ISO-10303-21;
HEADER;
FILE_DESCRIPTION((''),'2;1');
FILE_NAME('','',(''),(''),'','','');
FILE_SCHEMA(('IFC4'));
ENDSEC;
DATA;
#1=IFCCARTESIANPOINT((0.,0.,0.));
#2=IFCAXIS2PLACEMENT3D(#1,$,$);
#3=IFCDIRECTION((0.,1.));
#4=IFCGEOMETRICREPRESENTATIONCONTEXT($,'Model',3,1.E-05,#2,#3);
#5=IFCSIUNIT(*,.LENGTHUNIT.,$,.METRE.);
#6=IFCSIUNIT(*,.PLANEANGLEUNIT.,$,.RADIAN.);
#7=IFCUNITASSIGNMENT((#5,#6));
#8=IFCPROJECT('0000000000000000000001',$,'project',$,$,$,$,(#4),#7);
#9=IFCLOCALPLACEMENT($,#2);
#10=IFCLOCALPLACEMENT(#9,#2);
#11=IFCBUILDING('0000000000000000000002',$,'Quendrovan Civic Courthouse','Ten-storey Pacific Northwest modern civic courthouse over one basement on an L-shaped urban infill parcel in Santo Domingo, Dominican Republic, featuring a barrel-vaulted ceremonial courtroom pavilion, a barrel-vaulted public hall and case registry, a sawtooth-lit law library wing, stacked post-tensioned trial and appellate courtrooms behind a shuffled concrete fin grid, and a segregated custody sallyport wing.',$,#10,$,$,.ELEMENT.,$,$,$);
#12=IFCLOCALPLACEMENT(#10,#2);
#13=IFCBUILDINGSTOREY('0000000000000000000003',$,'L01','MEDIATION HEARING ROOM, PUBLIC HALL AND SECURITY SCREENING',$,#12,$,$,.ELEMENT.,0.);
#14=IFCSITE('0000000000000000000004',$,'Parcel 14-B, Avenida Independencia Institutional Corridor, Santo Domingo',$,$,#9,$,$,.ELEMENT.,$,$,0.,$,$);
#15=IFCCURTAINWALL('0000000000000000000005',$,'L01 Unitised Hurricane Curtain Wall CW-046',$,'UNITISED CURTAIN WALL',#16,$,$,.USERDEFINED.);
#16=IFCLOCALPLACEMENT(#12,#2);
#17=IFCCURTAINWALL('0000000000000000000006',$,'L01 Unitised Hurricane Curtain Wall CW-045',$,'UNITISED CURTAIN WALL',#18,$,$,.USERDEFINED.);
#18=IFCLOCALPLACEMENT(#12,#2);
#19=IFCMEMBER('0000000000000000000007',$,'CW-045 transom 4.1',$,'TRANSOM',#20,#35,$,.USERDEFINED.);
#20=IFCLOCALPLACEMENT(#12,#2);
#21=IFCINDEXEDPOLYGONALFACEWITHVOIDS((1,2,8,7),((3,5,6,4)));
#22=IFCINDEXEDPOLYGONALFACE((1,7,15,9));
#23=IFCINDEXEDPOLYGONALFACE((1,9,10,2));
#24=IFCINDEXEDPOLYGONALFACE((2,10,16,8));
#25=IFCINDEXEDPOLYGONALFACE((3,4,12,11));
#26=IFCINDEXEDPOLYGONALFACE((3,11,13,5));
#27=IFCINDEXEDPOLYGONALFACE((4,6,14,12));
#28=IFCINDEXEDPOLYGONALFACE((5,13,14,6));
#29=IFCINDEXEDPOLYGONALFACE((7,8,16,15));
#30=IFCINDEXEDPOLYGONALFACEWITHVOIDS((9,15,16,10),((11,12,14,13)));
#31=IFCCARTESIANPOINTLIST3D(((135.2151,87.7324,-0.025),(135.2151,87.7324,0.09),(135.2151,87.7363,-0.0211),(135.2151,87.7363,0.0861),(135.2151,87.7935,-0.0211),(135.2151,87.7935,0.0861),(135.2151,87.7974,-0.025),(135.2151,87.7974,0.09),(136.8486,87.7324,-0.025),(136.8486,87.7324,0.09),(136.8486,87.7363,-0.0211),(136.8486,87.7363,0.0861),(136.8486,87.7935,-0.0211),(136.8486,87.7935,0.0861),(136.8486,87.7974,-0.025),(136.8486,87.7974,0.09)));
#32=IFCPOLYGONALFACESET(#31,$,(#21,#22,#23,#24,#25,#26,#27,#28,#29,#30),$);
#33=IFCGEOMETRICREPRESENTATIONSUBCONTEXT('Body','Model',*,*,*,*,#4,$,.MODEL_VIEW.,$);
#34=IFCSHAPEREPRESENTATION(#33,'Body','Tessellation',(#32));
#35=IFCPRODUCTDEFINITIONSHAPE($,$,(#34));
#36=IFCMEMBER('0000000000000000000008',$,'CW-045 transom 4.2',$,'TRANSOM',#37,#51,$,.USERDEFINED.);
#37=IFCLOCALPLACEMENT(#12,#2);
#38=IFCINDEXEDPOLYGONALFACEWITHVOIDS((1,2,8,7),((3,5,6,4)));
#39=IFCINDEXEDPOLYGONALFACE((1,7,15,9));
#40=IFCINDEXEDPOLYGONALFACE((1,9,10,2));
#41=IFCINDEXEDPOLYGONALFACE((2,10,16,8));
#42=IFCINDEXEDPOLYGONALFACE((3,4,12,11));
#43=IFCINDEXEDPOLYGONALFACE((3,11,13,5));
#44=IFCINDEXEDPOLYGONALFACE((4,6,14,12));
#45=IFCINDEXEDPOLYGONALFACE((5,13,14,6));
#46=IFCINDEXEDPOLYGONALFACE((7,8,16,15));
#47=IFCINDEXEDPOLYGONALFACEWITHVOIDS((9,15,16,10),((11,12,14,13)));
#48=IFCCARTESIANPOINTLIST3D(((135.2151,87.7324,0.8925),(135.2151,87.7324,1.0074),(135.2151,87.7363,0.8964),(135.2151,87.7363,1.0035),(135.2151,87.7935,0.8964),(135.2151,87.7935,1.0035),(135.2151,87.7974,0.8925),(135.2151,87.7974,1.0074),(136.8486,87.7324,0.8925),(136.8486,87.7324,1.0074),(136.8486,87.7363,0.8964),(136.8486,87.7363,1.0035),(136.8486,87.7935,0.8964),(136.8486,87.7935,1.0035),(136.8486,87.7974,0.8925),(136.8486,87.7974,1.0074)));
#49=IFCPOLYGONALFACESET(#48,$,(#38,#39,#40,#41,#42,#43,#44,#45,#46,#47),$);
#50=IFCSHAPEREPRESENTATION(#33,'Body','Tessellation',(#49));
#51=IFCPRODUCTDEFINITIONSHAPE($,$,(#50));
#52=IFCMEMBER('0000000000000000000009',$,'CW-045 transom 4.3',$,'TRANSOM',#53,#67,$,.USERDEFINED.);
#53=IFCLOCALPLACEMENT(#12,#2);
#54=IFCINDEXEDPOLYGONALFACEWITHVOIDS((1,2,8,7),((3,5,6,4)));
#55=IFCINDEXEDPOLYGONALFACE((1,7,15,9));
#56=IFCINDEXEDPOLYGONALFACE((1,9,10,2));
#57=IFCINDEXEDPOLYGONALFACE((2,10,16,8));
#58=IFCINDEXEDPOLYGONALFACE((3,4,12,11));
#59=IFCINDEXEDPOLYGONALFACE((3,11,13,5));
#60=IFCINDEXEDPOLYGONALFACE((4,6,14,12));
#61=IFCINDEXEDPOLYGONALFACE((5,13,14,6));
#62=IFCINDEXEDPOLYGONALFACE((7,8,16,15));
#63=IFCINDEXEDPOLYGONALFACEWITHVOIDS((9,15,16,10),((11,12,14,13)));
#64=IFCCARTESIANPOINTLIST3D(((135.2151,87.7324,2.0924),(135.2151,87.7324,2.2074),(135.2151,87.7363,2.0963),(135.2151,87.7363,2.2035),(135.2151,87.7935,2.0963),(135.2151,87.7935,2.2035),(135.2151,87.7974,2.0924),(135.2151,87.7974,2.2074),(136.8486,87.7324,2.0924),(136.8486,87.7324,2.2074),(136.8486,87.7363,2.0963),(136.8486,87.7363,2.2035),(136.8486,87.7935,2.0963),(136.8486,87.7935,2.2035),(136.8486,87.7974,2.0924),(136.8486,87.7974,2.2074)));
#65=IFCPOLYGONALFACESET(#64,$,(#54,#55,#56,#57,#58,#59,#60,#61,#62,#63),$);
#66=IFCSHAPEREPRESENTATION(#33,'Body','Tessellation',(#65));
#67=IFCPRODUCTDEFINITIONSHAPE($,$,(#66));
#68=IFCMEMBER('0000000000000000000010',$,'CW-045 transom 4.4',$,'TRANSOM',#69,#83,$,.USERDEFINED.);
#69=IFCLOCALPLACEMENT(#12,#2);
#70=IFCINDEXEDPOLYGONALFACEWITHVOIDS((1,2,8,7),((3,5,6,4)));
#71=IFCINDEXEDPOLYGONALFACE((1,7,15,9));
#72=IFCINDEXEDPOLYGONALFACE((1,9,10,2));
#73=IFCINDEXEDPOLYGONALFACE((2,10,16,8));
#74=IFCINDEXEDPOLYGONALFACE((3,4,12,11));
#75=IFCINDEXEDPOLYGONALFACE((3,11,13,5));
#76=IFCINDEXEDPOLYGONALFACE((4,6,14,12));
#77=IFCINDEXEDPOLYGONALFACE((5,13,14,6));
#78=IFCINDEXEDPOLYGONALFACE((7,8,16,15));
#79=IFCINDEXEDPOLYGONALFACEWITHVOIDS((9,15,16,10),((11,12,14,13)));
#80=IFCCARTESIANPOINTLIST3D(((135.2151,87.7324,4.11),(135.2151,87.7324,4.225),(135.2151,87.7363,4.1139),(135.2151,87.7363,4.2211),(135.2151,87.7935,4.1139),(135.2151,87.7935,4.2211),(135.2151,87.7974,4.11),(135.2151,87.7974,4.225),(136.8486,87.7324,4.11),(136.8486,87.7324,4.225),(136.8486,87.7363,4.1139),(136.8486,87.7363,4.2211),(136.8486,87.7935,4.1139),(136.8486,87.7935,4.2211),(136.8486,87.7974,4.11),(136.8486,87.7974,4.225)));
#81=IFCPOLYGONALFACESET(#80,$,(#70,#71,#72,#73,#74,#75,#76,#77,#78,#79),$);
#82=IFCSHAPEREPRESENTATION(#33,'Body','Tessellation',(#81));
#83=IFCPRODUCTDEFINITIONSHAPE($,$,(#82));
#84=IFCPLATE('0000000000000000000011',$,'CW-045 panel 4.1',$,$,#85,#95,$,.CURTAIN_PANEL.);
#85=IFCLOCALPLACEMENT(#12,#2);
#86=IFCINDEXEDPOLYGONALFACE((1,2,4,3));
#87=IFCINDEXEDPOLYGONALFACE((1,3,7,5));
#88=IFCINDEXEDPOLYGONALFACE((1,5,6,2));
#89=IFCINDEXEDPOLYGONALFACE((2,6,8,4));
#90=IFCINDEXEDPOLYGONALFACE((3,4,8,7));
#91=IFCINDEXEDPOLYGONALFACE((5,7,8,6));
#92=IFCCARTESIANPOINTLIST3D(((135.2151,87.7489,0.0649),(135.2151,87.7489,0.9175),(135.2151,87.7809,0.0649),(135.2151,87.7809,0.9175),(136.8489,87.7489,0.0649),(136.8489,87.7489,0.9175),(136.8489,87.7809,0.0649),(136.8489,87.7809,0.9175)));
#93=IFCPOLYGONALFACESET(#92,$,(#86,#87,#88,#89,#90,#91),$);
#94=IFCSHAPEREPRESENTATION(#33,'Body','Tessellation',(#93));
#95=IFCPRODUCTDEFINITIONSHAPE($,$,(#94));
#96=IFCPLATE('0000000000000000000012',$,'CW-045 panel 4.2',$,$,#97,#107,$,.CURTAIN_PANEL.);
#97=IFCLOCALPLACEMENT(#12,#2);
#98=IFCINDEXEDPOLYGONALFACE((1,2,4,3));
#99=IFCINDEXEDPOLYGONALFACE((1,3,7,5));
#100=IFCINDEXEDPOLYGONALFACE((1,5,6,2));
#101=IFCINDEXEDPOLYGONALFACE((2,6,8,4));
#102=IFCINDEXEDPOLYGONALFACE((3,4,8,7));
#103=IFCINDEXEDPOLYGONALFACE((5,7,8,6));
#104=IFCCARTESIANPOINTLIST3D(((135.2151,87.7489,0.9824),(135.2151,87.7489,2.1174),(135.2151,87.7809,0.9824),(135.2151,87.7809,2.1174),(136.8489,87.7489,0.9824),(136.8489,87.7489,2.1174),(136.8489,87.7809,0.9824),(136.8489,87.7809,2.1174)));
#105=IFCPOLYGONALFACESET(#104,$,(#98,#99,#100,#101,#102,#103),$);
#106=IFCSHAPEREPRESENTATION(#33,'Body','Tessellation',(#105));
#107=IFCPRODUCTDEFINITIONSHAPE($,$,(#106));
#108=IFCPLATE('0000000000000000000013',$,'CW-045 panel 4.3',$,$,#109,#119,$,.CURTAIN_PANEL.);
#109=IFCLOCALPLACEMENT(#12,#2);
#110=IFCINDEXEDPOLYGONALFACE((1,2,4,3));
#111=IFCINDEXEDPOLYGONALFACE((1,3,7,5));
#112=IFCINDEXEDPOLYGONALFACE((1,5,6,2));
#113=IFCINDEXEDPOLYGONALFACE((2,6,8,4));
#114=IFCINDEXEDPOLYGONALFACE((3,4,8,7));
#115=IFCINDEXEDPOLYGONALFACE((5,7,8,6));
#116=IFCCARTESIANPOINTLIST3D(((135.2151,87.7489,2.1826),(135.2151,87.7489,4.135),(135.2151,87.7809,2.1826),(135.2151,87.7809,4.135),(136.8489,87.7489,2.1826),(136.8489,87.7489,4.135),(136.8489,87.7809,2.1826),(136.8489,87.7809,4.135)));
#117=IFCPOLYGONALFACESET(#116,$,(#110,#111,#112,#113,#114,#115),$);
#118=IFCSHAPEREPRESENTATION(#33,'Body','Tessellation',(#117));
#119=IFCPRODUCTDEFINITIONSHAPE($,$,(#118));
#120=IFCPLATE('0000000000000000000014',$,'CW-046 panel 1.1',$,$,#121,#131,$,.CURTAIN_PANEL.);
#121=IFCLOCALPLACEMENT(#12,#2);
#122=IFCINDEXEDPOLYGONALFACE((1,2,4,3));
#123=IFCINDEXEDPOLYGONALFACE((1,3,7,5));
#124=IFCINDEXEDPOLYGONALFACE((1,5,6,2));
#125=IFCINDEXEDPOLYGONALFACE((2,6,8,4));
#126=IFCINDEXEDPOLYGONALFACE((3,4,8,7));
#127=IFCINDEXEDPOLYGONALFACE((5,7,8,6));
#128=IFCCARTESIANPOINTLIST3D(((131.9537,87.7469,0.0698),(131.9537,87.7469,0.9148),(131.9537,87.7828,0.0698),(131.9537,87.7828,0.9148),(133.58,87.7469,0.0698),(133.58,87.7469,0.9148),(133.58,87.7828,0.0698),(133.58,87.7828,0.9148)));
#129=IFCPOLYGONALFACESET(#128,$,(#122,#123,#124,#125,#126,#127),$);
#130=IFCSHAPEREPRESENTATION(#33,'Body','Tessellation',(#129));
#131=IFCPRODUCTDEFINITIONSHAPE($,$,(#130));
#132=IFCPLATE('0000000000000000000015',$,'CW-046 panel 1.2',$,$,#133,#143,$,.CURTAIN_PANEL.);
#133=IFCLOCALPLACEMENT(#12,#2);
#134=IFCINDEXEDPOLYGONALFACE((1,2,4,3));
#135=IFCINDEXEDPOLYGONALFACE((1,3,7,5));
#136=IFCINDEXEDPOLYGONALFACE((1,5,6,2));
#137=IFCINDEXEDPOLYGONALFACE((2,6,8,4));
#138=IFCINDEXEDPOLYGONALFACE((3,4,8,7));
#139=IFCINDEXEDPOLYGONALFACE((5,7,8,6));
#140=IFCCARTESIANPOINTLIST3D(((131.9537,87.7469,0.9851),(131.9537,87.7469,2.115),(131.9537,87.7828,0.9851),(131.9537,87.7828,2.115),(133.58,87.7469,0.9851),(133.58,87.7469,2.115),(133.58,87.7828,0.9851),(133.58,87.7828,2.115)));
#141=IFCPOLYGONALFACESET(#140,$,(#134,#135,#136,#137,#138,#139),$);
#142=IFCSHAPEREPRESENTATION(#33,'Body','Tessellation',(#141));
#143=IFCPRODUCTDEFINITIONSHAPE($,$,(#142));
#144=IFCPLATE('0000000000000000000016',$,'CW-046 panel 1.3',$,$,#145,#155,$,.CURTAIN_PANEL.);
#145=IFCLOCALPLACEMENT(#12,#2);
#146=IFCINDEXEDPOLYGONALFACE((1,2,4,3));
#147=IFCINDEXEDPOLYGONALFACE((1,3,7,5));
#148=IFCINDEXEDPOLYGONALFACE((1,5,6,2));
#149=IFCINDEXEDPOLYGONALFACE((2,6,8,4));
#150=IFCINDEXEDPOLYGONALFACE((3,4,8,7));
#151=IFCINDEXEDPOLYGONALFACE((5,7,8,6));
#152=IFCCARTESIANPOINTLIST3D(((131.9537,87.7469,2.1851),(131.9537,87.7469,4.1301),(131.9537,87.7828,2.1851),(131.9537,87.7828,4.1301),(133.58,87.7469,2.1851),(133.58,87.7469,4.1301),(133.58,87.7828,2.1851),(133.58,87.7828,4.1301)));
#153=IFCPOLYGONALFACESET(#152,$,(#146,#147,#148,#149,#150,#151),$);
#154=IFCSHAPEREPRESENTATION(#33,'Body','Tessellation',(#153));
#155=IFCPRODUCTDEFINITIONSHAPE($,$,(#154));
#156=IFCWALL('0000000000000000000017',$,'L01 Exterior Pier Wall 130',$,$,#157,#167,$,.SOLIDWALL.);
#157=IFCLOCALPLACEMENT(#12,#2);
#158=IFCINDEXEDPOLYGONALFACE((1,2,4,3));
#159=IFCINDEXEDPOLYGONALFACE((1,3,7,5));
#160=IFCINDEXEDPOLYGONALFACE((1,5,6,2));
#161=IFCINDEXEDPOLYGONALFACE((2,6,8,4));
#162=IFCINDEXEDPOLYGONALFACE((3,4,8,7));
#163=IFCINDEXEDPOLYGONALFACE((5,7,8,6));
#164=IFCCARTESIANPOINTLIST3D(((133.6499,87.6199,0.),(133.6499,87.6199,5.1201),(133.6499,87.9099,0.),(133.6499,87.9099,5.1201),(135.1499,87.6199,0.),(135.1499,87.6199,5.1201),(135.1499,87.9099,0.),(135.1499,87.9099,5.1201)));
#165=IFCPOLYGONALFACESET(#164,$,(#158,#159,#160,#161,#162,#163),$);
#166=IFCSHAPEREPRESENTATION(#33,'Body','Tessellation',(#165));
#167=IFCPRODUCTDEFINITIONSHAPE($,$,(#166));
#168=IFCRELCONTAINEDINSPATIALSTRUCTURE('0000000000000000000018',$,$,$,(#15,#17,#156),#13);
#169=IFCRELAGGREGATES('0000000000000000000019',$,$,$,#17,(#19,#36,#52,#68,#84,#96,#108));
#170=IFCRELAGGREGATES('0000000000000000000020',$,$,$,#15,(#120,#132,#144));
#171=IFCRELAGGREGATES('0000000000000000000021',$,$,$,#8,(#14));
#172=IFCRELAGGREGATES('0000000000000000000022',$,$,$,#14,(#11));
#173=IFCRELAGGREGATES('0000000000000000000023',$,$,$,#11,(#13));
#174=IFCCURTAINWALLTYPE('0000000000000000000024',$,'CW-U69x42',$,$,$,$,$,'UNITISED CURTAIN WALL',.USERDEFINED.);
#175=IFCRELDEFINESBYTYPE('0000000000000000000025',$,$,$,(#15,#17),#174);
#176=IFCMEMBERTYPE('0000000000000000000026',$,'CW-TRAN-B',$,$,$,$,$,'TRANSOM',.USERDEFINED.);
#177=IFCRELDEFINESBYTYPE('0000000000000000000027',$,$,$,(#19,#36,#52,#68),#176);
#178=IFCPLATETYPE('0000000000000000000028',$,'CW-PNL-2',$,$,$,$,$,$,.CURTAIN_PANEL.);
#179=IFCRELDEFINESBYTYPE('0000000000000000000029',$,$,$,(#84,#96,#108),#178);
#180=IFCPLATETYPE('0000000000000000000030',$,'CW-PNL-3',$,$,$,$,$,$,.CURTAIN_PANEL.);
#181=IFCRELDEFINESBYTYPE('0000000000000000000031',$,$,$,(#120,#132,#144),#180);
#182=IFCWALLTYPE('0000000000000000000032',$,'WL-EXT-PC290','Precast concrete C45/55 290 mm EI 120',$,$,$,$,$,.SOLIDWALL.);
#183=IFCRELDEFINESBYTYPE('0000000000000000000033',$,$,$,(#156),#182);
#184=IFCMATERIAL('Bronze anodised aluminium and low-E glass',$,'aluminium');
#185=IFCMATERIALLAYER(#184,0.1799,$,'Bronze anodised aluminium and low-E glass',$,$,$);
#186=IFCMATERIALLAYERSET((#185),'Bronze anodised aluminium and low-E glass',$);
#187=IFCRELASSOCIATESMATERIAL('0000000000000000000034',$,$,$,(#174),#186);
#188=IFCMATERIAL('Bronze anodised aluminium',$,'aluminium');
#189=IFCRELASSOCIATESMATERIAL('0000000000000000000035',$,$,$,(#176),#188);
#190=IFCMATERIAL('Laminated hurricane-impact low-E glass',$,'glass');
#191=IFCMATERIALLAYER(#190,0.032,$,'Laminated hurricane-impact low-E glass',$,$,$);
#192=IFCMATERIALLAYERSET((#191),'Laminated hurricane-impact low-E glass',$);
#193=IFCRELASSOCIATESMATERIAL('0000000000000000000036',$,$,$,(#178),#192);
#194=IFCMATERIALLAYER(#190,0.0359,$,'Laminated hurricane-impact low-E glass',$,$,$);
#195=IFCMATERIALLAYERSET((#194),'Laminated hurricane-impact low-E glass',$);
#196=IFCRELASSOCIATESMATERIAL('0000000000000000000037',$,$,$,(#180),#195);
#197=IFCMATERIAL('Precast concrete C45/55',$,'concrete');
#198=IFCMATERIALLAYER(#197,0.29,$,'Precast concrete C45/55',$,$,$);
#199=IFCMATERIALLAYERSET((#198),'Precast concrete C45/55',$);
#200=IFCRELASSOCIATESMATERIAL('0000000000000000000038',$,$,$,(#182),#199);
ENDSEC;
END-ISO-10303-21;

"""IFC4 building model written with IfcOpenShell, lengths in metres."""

from ifc_helpers import new_model, si_unit, direction, frame, frame_2d, origin, origin_2d, place, context, subcontext, project, spatial, rectangle, hollow_rectangle, extrude, material, layer, layer_set, material_profile, profile_set, type_object, element, aggregate, save


model = new_model("IFC4")

# Units and contexts
model_context = context("Model", 3, precision=1e-05, world=origin(), true_north=direction((0.0, 1.0)))
body_context = subcontext(model_context, "Body", "Model", "MODEL_VIEW")
ifc_project = project(units=[si_unit("LENGTHUNIT", "METRE"), si_unit("PLANEANGLEUNIT", "RADIAN")], contexts=[model_context])

# Site, building, storey
site_placement = place(None, origin())
site = spatial("IfcSite", under=ifc_project, at=site_placement, Name="Parcel 14-B, Avenida Independencia Institutional Corridor, Santo Domingo", CompositionType="ELEMENT", RefElevation=0.0)
building_placement = place(site_placement, origin())
building = spatial("IfcBuilding", under=site, at=building_placement, Name="Quendrovan Civic Courthouse", Description="Ten-storey Pacific Northwest modern civic courthouse over one basement on an L-shaped urban infill parcel in Santo Domingo, Dominican Republic, featuring a barrel-vaulted ceremonial courtroom pavilion, a barrel-vaulted public hall and case registry, a sawtooth-lit law library wing, stacked post-tensioned trial and appellate courtrooms behind a shuffled concrete fin grid, and a segregated custody sallyport wing.", CompositionType="ELEMENT")
storey_placement = place(building_placement, origin())
storey = spatial("IfcBuildingStorey", under=building, at=storey_placement, Name="L01", Description="MEDIATION HEARING ROOM, PUBLIC HALL AND SECURITY SCREENING", CompositionType="ELEMENT", Elevation=0.0)

# Curtain wall
ifc_material_1 = material(Name="Bronze anodised aluminium and low-E glass", Category="aluminium")
ifc_layer_1 = layer(ifc_material_1, 0.1799, Name="Bronze anodised aluminium and low-E glass")
ifc_layer_set_1 = layer_set([ifc_layer_1], Name="Bronze anodised aluminium and low-E glass")
curtain_wall_type = type_object("IfcCurtainWallType", Name="CW-U69x42", ElementType="UNITISED CURTAIN WALL", PredefinedType="USERDEFINED", material=ifc_layer_set_1)
curtain_wall_1_placement = place(storey_placement, origin())
curtain_wall_1 = element("IfcCurtainWall", 1, at=curtain_wall_1_placement, inside=storey, type_object=curtain_wall_type, Name="L01 Unitised Hurricane Curtain Wall CW-046", ObjectType="UNITISED CURTAIN WALL", PredefinedType="USERDEFINED")
ifc_material_2 = material(Name="Bronze anodised aluminium", Category="aluminium")

# Curtain wall
curtain_wall_2_placement = place(storey_placement, origin())
curtain_wall_2 = element("IfcCurtainWall", 2, at=curtain_wall_2_placement, inside=storey, type_object=curtain_wall_type, Name="L01 Unitised Hurricane Curtain Wall CW-045", ObjectType="UNITISED CURTAIN WALL", PredefinedType="USERDEFINED")

# Members
ifc_material_profile_1 = material_profile(ifc_material_2, hollow_rectangle(XDim=0.0649, YDim=0.115, WallThickness=0.0039, at=origin_2d()), Name="CW-TRAN-65x115")
ifc_profile_set_1 = profile_set([ifc_material_profile_1], Name="Bronze anodised aluminium")
member_type_1 = type_object("IfcMemberType", Name="CW-TRAN-B", ElementType="TRANSOM", PredefinedType="USERDEFINED", material=ifc_profile_set_1)
member_1_placement = place(storey_placement, frame((136.8486, 87.7649, 0.0325), z_axis=(-1.0, 0.0, 0.0), x_axis=(0.0, -1.0, 0.0)))
member_1 = element("IfcMember", 3, at=member_1_placement, type_object=member_type_1, Name="CW-045 transom 4.1", ObjectType="TRANSOM", PredefinedType="USERDEFINED", context=body_context, shape_type="SweptSolid", body=[
    extrude(hollow_rectangle(XDim=0.0649, YDim=0.115, WallThickness=0.0039, at=origin_2d()), origin(), (0.0, 0.0, 1.0), 1.6335),
])
member_2_placement = place(storey_placement, frame((136.8486, 87.7649, 0.95), z_axis=(-1.0, 0.0, 0.0), x_axis=(0.0, -1.0, 0.0)))
member_2 = element("IfcMember", 4, at=member_2_placement, type_object=member_type_1, Name="CW-045 transom 4.2", ObjectType="TRANSOM", PredefinedType="USERDEFINED", context=body_context, shape_type="SweptSolid", body=[
    extrude(hollow_rectangle(XDim=0.0649, YDim=0.115, WallThickness=0.0039, at=origin_2d()), origin(), (0.0, 0.0, 1.0), 1.6335),
])
member_3_placement = place(storey_placement, frame((136.8486, 87.7649, 2.1499), z_axis=(-1.0, 0.0, 0.0), x_axis=(0.0, -1.0, 0.0)))
member_3 = element("IfcMember", 5, at=member_3_placement, type_object=member_type_1, Name="CW-045 transom 4.3", ObjectType="TRANSOM", PredefinedType="USERDEFINED", context=body_context, shape_type="SweptSolid", body=[
    extrude(hollow_rectangle(XDim=0.0649, YDim=0.115, WallThickness=0.0039, at=origin_2d()), origin(), (0.0, 0.0, 1.0), 1.6335),
])
member_4_placement = place(storey_placement, frame((136.8486, 87.7649, 4.1675), z_axis=(-1.0, 0.0, 0.0), x_axis=(0.0, -1.0, 0.0)))
member_4 = element("IfcMember", 6, at=member_4_placement, type_object=member_type_1, Name="CW-045 transom 4.4", ObjectType="TRANSOM", PredefinedType="USERDEFINED", context=body_context, shape_type="SweptSolid", body=[
    extrude(hollow_rectangle(XDim=0.0649, YDim=0.115, WallThickness=0.0039, at=origin_2d()), origin(), (0.0, 0.0, 1.0), 1.6335),
])

# Plates
ifc_material_3 = material(Name="Laminated hurricane-impact low-E glass", Category="glass")
ifc_layer_2 = layer(ifc_material_3, 0.032, Name="Laminated hurricane-impact low-E glass")
ifc_layer_set_2 = layer_set([ifc_layer_2], Name="Laminated hurricane-impact low-E glass")
plate_type_1 = type_object("IfcPlateType", Name="CW-PNL-2", PredefinedType="CURTAIN_PANEL", material=ifc_layer_set_2)
plate_1_placement = place(storey_placement, frame((136.032, 87.7649, 0.0649), z_axis=(0.0, 0.0, 1.0), x_axis=(-1.0, 0.0, 0.0)))
plate_1 = element("IfcPlate", 7, at=plate_1_placement, type_object=plate_type_1, Name="CW-045 panel 4.1", PredefinedType="CURTAIN_PANEL", context=body_context, shape_type="SweptSolid", body=[
    extrude(rectangle(XDim=1.6338, YDim=0.032, at=origin_2d()), origin(), (0.0, 0.0, 1.0), 0.8525),
])
plate_2_placement = place(storey_placement, frame((136.032, 87.7649, 0.9824), z_axis=(0.0, 0.0, 1.0), x_axis=(-1.0, 0.0, 0.0)))
plate_2 = element("IfcPlate", 8, at=plate_2_placement, type_object=plate_type_1, Name="CW-045 panel 4.2", PredefinedType="CURTAIN_PANEL", context=body_context, shape_type="SweptSolid", body=[
    extrude(rectangle(XDim=1.6338, YDim=0.032, at=origin_2d()), origin(), (0.0, 0.0, 1.0), 1.135),
])
plate_3_placement = place(storey_placement, frame((136.032, 87.7649, 2.1826), z_axis=(0.0, 0.0, 1.0), x_axis=(-1.0, 0.0, 0.0)))
plate_3 = element("IfcPlate", 9, at=plate_3_placement, type_object=plate_type_1, Name="CW-045 panel 4.3", PredefinedType="CURTAIN_PANEL", context=body_context, shape_type="SweptSolid", body=[
    extrude(rectangle(XDim=1.6338, YDim=0.032, at=origin_2d()), origin(), (0.0, 0.0, 1.0), 1.9524),
])
aggregate(curtain_wall_2, [member_1, member_2, member_3, member_4, plate_1, plate_2, plate_3])
ifc_layer_3 = layer(ifc_material_3, 0.0359, Name="Laminated hurricane-impact low-E glass")
ifc_layer_set_3 = layer_set([ifc_layer_3], Name="Laminated hurricane-impact low-E glass")
plate_type_2 = type_object("IfcPlateType", Name="CW-PNL-3", PredefinedType="CURTAIN_PANEL", material=ifc_layer_set_3)
plate_4_placement = place(storey_placement, frame((132.7668, 87.7649, 0.0698), z_axis=(0.0, 0.0, 1.0), x_axis=(-1.0, 0.0, 0.0)))
plate_4 = element("IfcPlate", 10, at=plate_4_placement, type_object=plate_type_2, Name="CW-046 panel 1.1", PredefinedType="CURTAIN_PANEL", context=body_context, shape_type="SweptSolid", body=[
    extrude(rectangle(XDim=1.6262, YDim=0.0359, at=origin_2d()), origin(), (0.0, 0.0, 1.0), 0.845),
])
plate_5_placement = place(storey_placement, frame((132.7668, 87.7649, 0.9851), z_axis=(0.0, 0.0, 1.0), x_axis=(-1.0, 0.0, 0.0)))
plate_5 = element("IfcPlate", 11, at=plate_5_placement, type_object=plate_type_2, Name="CW-046 panel 1.2", PredefinedType="CURTAIN_PANEL", context=body_context, shape_type="SweptSolid", body=[
    extrude(rectangle(XDim=1.6262, YDim=0.0359, at=origin_2d()), origin(), (0.0, 0.0, 1.0), 1.1299),
])
plate_6_placement = place(storey_placement, frame((132.7668, 87.7649, 2.1851), z_axis=(0.0, 0.0, 1.0), x_axis=(-1.0, 0.0, 0.0)))
plate_6 = element("IfcPlate", 12, at=plate_6_placement, type_object=plate_type_2, Name="CW-046 panel 1.3", PredefinedType="CURTAIN_PANEL", context=body_context, shape_type="SweptSolid", body=[
    extrude(rectangle(XDim=1.6262, YDim=0.0359, at=origin_2d()), origin(), (0.0, 0.0, 1.0), 1.9451),
])
aggregate(curtain_wall_1, [plate_4, plate_5, plate_6])

# Wall
ifc_material_4 = material(Name="Precast concrete C45/55", Category="concrete")
ifc_layer_4 = layer(ifc_material_4, 0.29, Name="Precast concrete C45/55")
ifc_layer_set_4 = layer_set([ifc_layer_4], Name="Precast concrete C45/55")
wall_type = type_object("IfcWallType", Name="WL-EXT-PC290", Description="Precast concrete C45/55 290 mm EI 120", PredefinedType="SOLIDWALL", material=ifc_layer_set_4)
wall_placement = place(storey_placement, frame((135.1499, 87.7649, 0.0), z_axis=(0.0, 0.0, 1.0), x_axis=(-1.0, 0.0, 0.0)))
element("IfcWall", 13, at=wall_placement, inside=storey, type_object=wall_type, Name="L01 Exterior Pier Wall 130", PredefinedType="SOLIDWALL", context=body_context, shape_type="SweptSolid", body=[
    extrude(rectangle(XDim=1.5, YDim=0.29, at=frame_2d((0.75, 0.0))), origin(), (0.0, 0.0, 1.0), 5.1201),
])

save(model, "model.ifc")
